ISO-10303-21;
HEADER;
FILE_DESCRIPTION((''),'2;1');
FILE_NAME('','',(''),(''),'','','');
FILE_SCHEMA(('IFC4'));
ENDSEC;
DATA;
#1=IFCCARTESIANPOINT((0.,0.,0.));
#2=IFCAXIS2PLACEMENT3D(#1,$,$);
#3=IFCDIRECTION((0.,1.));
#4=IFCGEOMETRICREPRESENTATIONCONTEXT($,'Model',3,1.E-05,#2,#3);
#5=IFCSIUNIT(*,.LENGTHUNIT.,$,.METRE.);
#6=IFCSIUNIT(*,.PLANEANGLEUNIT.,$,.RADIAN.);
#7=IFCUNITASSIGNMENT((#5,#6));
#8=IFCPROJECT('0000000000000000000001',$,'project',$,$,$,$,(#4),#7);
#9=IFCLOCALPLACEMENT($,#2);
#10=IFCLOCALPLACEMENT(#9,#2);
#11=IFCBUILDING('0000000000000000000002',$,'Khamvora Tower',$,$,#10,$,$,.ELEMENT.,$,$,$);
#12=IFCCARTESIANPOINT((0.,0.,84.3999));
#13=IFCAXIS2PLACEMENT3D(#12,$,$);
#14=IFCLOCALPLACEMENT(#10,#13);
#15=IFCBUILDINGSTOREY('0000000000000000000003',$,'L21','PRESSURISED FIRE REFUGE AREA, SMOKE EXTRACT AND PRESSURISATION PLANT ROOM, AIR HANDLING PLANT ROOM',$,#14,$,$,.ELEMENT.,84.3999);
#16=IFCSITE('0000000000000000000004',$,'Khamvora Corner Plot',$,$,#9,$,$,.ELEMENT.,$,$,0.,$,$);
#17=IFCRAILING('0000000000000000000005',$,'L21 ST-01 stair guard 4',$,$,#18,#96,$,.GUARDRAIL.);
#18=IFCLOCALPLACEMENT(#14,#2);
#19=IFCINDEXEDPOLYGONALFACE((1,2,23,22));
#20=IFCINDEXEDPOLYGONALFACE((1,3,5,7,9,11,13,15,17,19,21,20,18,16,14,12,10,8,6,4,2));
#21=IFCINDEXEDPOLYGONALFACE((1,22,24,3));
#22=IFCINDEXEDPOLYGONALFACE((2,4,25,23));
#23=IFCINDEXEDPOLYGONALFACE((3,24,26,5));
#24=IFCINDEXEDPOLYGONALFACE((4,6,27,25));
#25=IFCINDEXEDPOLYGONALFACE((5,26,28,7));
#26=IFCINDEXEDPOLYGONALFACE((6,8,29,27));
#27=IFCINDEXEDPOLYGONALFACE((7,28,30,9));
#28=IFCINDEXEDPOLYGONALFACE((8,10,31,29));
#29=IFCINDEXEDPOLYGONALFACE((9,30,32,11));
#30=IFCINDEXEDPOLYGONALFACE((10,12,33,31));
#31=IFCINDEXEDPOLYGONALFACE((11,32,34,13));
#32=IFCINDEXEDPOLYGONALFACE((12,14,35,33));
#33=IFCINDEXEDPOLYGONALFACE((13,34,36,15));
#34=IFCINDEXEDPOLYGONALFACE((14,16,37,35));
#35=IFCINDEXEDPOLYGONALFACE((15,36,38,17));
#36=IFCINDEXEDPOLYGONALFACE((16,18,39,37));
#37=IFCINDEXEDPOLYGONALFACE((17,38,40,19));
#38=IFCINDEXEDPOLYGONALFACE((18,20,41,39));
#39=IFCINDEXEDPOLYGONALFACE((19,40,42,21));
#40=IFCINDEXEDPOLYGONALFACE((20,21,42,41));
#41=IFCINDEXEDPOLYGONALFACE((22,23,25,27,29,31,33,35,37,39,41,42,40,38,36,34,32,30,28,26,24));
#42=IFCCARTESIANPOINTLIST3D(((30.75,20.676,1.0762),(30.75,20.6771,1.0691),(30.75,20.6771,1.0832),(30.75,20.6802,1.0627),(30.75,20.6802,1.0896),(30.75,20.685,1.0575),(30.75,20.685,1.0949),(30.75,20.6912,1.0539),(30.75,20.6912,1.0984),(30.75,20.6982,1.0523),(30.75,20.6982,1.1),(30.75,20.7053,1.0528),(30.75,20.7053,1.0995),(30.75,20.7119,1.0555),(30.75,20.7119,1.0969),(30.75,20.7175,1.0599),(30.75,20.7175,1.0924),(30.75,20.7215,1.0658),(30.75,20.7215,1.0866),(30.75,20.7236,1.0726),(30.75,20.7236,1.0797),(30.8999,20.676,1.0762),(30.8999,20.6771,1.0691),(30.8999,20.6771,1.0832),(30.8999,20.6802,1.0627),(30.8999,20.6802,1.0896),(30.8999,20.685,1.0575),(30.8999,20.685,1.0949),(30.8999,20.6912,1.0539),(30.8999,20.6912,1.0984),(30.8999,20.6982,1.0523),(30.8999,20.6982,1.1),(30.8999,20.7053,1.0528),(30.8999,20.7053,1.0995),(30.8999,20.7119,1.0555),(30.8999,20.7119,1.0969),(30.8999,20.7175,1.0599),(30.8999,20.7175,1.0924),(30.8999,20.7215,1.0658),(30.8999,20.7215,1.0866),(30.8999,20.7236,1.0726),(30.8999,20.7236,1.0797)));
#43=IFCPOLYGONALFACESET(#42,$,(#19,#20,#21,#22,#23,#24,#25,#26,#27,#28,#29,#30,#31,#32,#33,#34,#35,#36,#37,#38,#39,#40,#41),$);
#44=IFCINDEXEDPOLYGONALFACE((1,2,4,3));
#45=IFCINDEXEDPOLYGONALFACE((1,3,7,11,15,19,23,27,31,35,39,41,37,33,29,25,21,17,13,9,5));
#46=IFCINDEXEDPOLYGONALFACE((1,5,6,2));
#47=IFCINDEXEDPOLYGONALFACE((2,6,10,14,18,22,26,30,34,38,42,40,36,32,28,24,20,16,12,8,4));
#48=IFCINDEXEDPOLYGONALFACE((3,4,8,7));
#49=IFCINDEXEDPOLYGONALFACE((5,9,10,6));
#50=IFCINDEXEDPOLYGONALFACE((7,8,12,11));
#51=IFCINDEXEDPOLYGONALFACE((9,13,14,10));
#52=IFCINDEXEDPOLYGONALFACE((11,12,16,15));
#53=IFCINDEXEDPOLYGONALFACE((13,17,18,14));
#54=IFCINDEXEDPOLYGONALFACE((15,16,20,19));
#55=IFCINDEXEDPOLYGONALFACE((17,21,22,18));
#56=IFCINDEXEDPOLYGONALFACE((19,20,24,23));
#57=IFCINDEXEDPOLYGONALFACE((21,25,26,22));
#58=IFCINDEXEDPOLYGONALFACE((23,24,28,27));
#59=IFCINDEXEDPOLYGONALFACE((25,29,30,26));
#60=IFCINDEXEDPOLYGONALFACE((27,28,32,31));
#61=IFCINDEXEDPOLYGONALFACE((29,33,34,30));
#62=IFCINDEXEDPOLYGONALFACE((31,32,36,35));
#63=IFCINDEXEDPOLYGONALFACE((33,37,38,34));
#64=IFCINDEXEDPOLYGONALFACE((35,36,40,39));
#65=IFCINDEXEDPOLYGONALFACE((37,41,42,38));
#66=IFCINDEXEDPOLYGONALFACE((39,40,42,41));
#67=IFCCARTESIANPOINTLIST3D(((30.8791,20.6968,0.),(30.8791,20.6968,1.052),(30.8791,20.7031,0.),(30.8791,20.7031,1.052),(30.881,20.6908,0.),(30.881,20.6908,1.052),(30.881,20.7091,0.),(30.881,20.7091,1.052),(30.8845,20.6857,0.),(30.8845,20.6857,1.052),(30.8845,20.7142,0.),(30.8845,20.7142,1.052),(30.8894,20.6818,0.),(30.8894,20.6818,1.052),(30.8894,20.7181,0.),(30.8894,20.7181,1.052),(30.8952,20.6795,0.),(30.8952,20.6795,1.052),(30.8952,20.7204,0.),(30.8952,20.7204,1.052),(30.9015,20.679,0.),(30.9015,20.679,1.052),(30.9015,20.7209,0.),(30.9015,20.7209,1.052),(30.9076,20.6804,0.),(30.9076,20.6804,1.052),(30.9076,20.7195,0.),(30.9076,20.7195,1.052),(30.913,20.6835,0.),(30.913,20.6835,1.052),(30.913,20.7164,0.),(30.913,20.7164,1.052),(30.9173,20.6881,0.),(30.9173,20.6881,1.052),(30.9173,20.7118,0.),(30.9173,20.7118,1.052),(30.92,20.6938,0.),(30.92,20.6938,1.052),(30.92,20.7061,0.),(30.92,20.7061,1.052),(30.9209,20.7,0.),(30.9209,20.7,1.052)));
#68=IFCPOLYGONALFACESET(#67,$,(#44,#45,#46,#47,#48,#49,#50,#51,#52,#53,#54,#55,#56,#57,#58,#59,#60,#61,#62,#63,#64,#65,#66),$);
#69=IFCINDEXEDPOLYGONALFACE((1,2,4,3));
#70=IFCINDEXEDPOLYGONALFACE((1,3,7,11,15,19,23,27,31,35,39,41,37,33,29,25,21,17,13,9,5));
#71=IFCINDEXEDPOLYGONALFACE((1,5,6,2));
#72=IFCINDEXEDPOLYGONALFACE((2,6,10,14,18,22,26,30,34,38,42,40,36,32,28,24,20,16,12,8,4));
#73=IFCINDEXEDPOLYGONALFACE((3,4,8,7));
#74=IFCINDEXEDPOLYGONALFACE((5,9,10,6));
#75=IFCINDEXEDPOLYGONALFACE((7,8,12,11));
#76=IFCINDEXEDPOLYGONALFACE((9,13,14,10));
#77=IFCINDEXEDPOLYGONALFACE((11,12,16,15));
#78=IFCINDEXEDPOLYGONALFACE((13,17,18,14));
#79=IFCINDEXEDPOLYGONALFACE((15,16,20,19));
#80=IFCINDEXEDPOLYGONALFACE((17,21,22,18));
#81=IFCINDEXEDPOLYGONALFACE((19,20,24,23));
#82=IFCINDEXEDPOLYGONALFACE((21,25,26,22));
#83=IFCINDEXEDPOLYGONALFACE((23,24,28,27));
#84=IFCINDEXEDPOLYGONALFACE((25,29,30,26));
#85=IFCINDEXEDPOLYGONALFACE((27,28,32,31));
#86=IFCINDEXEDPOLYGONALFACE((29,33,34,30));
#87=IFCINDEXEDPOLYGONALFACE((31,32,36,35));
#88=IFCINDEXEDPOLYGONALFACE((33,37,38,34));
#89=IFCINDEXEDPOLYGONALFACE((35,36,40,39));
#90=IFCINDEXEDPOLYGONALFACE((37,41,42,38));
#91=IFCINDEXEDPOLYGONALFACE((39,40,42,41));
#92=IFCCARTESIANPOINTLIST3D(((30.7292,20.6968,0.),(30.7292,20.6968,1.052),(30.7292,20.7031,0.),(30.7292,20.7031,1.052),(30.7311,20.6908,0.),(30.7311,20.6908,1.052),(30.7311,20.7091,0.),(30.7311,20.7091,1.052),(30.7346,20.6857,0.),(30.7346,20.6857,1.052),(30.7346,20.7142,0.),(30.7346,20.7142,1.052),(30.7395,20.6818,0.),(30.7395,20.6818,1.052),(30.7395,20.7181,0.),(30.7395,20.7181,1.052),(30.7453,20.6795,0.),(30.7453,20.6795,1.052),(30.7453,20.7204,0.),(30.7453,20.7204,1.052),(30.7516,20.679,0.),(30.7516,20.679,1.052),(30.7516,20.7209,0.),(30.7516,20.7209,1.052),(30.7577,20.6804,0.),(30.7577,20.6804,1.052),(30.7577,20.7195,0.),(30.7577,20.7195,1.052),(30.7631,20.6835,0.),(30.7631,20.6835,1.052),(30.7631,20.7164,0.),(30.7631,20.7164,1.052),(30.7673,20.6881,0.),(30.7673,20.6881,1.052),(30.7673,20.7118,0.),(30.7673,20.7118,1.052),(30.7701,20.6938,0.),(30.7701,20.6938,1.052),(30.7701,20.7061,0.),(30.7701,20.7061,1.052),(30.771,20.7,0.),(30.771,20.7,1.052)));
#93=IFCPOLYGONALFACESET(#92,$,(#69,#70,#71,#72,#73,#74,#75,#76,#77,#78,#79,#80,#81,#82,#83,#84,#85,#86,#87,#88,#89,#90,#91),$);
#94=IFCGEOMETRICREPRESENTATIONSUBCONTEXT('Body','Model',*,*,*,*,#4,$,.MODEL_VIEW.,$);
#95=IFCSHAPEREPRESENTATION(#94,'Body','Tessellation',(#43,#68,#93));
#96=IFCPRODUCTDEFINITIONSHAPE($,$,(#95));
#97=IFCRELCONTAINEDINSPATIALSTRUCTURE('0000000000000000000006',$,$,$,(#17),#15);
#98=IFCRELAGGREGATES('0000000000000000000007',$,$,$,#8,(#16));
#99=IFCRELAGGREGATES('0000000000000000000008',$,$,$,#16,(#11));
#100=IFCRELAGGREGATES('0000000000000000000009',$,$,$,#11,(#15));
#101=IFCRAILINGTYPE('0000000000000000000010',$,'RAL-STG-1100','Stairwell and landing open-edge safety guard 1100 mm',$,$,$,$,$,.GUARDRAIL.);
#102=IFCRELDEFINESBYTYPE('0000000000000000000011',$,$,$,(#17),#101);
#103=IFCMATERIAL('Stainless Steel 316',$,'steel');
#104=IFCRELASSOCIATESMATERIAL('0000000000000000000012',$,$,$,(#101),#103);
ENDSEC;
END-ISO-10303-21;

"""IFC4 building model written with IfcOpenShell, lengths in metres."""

from ifc_helpers import new_model, si_unit, direction, frame, origin, origin_2d, place, context, subcontext, project, spatial, circle, extrude, material, type_object, element, save


model = new_model("IFC4")

# Units and contexts
model_context = context("Model", 3, precision=1e-05, world=origin(), true_north=direction((0.0, 1.0)))
body_context = subcontext(model_context, "Body", "Model", "MODEL_VIEW")
ifc_project = project(units=[si_unit("LENGTHUNIT", "METRE"), si_unit("PLANEANGLEUNIT", "RADIAN")], contexts=[model_context])

# Site, building, storey
site_placement = place(None, origin())
site = spatial("IfcSite", under=ifc_project, at=site_placement, Name="Khamvora Corner Plot", CompositionType="ELEMENT", RefElevation=0.0)
building_placement = place(site_placement, origin())
building = spatial("IfcBuilding", under=site, at=building_placement, Name="Khamvora Tower", CompositionType="ELEMENT")
storey_placement = place(building_placement, frame((0.0, 0.0, 84.3999)))
storey = spatial("IfcBuildingStorey", under=building, at=storey_placement, Name="L21", Description="PRESSURISED FIRE REFUGE AREA, SMOKE EXTRACT AND PRESSURISATION PLANT ROOM, AIR HANDLING PLANT ROOM", CompositionType="ELEMENT", Elevation=84.3999)

# Railing
ifc_material_1 = material(Name="Stainless Steel 316", Category="steel")
railing_type_1 = type_object("IfcRailingType", Name="RAL-STG-1100", Description="Stairwell and landing open-edge safety guard 1100 mm", PredefinedType="GUARDRAIL", material=ifc_material_1)
railing_1_placement = place(storey_placement, frame((30.8999, 20.7, 0.0)))
element("IfcRailing", 1, at=railing_1_placement, inside=storey, type_object=railing_type_1, Name="L21 ST-01 stair guard 4", PredefinedType="GUARDRAIL", context=body_context, shape_type="SweptSolid", body=[
    extrude(circle(Radius=0.0239, at=origin_2d()), frame((0.0, 0.0, 1.0762), z_axis=(-1.0, 0.0, 0.0), x_axis=(0.0, -1.0, 0.0)), (0.0, 0.0, 1.0), 0.1499),
    extrude(circle(Radius=0.021, at=origin_2d()), origin(), (0.0, 0.0, 1.0), 1.052),
    extrude(circle(Radius=0.021, at=origin_2d()), frame((-0.1499, 0.0, 0.0)), (0.0, 0.0, 1.0), 1.052),
])

save(model, "model.ifc")
